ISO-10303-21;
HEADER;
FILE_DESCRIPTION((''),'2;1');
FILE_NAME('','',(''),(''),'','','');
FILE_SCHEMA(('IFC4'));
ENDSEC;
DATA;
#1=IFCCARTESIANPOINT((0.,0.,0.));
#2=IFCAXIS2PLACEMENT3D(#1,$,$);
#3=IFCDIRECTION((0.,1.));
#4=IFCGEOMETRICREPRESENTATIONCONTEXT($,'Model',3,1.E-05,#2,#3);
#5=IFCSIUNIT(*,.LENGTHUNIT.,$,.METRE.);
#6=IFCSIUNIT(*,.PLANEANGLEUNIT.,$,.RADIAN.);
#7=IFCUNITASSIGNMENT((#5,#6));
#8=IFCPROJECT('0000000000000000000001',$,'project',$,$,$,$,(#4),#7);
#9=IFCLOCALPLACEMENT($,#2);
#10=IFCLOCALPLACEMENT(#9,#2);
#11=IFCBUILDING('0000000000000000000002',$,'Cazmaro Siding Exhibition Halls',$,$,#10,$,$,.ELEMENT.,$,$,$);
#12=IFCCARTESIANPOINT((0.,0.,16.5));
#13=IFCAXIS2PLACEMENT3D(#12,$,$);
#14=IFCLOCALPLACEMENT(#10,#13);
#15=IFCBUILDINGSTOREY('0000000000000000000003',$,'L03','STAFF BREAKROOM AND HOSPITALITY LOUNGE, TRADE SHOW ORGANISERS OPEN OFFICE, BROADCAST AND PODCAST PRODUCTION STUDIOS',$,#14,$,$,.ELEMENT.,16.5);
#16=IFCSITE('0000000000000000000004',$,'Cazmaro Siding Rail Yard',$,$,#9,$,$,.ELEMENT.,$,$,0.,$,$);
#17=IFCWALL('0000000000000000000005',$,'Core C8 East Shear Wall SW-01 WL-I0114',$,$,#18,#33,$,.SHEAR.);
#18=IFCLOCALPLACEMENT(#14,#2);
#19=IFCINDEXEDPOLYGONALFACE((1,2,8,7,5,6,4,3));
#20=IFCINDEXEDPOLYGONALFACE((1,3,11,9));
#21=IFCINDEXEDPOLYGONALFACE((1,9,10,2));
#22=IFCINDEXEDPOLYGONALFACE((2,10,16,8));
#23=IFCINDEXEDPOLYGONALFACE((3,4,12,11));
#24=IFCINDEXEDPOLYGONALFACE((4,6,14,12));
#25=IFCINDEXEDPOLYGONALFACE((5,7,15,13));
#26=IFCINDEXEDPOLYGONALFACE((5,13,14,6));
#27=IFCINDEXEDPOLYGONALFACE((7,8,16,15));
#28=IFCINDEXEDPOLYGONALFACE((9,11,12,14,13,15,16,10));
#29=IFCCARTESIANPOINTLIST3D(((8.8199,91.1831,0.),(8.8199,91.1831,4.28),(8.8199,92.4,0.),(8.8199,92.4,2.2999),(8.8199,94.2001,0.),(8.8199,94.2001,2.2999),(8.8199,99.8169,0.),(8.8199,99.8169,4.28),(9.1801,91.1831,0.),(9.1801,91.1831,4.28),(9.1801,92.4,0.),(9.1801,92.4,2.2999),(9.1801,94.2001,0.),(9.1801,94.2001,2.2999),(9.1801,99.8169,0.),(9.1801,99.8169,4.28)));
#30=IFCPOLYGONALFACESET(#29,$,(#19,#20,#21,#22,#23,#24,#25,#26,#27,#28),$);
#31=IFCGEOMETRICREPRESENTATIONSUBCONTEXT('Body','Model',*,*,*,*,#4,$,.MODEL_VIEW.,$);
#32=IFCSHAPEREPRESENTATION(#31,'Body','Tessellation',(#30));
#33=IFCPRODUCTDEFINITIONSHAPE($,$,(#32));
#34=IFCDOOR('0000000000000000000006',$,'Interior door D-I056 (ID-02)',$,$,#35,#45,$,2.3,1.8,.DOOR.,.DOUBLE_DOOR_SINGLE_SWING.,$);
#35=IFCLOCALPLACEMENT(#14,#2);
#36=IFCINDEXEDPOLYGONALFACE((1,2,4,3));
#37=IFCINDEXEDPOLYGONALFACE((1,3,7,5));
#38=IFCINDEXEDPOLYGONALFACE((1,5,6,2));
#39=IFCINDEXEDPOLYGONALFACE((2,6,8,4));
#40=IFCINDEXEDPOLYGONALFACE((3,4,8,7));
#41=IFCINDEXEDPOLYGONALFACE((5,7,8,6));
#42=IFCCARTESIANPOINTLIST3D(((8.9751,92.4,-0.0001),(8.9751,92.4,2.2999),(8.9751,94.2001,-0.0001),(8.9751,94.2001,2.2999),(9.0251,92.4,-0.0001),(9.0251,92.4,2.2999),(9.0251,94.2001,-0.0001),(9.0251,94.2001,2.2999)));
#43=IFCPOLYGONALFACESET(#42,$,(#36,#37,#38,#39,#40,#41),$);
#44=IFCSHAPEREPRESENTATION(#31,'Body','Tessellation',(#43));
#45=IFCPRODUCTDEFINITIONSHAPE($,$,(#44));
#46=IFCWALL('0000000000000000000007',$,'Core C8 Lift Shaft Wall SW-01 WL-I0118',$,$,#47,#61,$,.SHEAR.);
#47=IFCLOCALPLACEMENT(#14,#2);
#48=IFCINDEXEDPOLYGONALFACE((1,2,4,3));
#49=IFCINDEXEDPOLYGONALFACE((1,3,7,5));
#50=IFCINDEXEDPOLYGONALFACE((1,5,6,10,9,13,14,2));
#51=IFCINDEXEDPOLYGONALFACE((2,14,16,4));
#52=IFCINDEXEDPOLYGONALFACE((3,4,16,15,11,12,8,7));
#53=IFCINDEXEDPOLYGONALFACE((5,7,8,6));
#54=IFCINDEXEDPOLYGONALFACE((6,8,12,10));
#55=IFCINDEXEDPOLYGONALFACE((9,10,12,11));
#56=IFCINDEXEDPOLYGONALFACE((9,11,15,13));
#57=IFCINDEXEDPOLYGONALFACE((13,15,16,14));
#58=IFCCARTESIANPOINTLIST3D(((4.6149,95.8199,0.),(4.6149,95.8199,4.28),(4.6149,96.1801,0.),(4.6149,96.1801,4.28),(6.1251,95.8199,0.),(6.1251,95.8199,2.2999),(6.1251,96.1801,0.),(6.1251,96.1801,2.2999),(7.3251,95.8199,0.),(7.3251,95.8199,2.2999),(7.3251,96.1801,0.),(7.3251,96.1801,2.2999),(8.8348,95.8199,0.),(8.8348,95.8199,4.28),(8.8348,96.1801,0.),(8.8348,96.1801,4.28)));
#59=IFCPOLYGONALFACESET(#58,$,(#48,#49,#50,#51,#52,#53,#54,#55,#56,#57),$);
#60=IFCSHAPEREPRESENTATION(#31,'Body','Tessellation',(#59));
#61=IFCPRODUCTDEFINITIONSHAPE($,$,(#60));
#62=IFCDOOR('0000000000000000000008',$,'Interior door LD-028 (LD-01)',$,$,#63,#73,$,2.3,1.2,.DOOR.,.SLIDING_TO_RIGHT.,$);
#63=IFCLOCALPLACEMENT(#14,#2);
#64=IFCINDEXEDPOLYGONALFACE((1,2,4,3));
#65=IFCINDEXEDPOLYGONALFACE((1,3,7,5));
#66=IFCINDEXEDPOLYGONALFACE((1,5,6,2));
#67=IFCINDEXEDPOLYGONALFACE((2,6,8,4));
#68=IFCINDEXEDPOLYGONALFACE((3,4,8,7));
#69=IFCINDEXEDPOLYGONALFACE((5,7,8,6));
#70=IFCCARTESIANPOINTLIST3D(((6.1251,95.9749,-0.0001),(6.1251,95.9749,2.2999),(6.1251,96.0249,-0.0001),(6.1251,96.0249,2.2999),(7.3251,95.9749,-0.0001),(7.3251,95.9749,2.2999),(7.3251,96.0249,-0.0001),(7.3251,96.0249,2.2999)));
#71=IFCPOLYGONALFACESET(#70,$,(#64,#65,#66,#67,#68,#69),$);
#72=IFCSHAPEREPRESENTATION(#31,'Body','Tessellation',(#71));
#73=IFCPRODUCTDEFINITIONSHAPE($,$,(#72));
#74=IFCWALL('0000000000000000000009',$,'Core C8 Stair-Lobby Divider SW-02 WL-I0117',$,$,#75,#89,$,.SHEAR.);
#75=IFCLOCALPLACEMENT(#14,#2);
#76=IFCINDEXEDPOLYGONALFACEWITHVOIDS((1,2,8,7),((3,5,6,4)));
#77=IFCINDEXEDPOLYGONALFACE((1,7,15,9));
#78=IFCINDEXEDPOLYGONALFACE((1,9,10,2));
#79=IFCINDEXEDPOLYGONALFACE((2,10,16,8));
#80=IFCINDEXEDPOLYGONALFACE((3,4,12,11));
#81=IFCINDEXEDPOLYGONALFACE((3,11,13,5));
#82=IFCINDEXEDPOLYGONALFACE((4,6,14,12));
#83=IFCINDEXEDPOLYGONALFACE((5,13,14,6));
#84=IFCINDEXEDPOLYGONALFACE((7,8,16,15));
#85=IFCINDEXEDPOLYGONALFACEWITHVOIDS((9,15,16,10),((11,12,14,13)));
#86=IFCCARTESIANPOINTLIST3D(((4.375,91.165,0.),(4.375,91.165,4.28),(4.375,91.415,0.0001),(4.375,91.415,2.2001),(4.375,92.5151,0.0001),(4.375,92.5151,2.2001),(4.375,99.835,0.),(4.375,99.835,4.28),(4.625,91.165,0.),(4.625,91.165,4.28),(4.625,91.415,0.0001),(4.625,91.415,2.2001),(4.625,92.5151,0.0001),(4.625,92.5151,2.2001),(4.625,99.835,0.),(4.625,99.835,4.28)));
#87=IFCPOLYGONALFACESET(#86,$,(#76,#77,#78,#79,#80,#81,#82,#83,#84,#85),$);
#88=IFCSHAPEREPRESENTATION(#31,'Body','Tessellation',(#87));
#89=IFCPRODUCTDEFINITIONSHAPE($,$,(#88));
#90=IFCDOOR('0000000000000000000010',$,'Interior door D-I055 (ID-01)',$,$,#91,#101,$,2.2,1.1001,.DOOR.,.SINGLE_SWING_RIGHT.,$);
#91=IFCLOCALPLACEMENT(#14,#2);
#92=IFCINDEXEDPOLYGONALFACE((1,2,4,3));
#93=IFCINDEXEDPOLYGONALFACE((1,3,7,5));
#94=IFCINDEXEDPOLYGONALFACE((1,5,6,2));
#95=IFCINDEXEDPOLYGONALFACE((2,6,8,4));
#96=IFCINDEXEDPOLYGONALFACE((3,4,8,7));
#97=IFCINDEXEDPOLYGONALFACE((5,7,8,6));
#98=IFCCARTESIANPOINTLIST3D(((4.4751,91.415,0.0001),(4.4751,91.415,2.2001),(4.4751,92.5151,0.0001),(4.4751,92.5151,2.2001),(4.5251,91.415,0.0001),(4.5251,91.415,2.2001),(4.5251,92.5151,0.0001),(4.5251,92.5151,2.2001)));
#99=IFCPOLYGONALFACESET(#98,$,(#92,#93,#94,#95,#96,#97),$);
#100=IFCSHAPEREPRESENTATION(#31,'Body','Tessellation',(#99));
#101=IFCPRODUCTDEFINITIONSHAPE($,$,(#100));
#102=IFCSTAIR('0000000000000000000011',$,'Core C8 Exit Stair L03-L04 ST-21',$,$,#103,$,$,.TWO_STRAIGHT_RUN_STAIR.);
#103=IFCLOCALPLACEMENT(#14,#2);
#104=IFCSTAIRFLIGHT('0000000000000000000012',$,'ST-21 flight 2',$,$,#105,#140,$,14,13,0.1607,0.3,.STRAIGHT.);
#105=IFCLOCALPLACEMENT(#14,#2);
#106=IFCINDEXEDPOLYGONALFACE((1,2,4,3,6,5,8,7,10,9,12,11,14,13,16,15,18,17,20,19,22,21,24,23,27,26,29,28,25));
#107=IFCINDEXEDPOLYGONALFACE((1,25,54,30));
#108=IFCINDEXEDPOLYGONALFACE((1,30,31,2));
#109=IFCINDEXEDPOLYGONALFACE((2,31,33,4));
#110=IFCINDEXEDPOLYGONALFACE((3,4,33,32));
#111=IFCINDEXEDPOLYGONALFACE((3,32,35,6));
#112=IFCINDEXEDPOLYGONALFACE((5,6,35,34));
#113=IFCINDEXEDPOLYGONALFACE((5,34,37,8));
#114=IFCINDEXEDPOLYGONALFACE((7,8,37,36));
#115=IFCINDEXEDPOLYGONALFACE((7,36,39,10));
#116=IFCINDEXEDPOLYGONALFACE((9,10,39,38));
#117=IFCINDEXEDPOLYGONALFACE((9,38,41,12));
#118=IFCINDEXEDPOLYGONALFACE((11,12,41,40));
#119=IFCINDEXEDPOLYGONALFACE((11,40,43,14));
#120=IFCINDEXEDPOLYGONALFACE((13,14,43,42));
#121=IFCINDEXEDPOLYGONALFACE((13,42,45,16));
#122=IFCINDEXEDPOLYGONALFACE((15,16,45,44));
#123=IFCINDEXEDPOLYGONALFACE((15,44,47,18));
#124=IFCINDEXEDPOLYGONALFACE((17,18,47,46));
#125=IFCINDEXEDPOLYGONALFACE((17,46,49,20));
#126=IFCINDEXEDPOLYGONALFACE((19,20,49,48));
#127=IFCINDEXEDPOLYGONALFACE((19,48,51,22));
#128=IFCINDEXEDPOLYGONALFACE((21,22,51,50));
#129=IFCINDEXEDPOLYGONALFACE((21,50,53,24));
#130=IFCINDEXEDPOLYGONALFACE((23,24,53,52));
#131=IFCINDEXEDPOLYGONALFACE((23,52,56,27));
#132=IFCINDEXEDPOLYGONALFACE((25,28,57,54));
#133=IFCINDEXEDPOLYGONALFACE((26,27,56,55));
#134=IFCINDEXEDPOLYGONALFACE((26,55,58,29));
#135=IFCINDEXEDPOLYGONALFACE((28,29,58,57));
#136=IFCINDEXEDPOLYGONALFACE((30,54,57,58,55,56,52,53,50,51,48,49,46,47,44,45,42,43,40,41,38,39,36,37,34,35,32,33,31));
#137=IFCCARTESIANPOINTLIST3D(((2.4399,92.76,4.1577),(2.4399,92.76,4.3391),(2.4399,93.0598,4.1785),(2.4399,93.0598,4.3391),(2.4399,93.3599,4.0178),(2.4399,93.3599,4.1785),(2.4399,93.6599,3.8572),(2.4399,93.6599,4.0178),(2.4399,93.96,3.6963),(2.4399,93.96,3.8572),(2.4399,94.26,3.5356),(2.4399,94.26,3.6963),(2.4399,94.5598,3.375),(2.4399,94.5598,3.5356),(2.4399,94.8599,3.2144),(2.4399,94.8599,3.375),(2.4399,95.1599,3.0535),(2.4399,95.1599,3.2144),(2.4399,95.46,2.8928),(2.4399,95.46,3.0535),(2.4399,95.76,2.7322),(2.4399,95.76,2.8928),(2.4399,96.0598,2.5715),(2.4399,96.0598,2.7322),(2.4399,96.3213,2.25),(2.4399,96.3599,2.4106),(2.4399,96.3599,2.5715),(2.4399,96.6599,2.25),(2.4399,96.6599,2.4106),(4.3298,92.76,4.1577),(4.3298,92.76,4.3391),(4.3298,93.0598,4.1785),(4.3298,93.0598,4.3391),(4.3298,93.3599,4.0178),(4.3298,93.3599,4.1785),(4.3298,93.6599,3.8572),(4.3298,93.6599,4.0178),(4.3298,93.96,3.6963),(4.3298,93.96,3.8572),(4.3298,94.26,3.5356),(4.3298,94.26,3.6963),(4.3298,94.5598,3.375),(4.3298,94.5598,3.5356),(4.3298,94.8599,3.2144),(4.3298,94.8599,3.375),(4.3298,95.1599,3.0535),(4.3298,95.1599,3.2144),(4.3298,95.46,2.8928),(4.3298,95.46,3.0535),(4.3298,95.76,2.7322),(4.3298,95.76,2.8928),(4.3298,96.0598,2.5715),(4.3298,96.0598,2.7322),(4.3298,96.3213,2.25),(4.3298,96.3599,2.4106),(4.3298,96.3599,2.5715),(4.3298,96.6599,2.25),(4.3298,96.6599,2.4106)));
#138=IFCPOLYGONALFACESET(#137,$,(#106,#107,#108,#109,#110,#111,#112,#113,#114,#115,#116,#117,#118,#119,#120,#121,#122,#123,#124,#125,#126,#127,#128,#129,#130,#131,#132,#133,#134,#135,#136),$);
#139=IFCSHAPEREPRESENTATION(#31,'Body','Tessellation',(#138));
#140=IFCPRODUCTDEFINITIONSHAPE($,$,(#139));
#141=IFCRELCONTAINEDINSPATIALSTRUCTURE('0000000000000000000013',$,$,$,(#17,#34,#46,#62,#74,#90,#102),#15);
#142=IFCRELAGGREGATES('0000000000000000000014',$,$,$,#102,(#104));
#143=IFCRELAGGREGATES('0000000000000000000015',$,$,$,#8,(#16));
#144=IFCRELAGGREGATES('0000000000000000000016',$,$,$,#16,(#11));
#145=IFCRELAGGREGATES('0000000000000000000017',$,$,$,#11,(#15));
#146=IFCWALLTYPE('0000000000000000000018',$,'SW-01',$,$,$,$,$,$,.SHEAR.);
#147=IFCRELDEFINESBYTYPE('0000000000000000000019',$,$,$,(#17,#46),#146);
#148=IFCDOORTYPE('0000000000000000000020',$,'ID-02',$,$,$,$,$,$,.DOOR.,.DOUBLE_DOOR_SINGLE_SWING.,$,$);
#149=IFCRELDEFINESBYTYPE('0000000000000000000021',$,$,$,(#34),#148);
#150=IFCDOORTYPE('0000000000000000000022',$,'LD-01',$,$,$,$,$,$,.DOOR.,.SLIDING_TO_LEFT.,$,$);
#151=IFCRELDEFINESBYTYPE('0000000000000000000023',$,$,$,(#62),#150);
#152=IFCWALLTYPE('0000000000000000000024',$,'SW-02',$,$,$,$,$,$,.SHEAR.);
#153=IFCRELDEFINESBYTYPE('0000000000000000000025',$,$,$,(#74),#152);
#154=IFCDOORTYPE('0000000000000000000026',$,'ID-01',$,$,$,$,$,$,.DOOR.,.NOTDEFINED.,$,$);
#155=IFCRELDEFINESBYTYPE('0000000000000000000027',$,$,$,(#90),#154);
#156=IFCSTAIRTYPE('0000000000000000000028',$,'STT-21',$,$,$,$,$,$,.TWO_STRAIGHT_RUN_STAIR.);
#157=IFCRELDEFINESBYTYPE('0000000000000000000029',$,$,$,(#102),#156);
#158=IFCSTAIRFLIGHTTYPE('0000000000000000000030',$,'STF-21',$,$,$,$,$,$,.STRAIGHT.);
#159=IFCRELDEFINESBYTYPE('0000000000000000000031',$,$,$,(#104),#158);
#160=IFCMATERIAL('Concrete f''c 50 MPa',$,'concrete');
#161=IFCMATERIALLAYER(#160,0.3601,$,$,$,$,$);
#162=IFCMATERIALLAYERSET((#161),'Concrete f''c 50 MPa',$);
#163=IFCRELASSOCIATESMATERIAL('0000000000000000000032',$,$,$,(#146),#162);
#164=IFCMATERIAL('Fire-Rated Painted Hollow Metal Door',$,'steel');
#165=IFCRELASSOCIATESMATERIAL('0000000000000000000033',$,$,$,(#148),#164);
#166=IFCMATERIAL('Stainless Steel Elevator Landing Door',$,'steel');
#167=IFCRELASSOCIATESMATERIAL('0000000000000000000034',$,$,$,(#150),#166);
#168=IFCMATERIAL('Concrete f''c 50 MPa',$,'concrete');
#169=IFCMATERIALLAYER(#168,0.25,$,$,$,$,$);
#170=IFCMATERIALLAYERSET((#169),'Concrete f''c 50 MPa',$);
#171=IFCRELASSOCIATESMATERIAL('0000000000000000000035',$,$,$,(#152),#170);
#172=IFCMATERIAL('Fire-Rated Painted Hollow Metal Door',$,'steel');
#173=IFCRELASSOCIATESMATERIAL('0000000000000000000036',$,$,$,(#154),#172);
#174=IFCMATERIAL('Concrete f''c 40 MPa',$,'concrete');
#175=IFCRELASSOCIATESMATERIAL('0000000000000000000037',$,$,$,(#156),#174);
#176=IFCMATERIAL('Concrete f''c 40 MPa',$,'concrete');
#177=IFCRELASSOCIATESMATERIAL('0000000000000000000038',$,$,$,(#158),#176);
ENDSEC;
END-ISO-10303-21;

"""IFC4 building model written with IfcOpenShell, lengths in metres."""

from ifc_helpers import new_model, si_unit, direction, frame, frame_2d, origin, place, context, subcontext, project, spatial, polyline, rectangle, outline, extrude, material, layer, layer_set, type_object, element, fill, aggregate, save


model = new_model("IFC4")

# Units and contexts
model_context = context("Model", 3, precision=1e-05, world=origin(), true_north=direction((0.0, 1.0)))
body_context = subcontext(model_context, "Body", "Model", "MODEL_VIEW")
ifc_project = project(units=[si_unit("LENGTHUNIT", "METRE"), si_unit("PLANEANGLEUNIT", "RADIAN")], contexts=[model_context])

# Site, building, storey
site_placement = place(None, origin())
site = spatial("IfcSite", under=ifc_project, at=site_placement, Name="Cazmaro Siding Rail Yard", CompositionType="ELEMENT", RefElevation=0.0)
building_placement = place(site_placement, origin())
building = spatial("IfcBuilding", under=site, at=building_placement, Name="Cazmaro Siding Exhibition Halls", CompositionType="ELEMENT")
storey_placement = place(building_placement, frame((0.0, 0.0, 16.5)))
storey = spatial("IfcBuildingStorey", under=building, at=storey_placement, Name="L03", Description="STAFF BREAKROOM AND HOSPITALITY LOUNGE, TRADE SHOW ORGANISERS OPEN OFFICE, BROADCAST AND PODCAST PRODUCTION STUDIOS", CompositionType="ELEMENT", Elevation=16.5)

# Walls, openings, doors
ifc_material_1 = material(Name="Concrete f'c 50 MPa", Category="concrete")
ifc_layer_1 = layer(ifc_material_1, 0.3601)
ifc_layer_set_1 = layer_set([ifc_layer_1], Name="Concrete f'c 50 MPa")
wall_type_1 = type_object("IfcWallType", Name="SW-01", PredefinedType="SHEAR", material=ifc_layer_set_1)
wall_1_placement = place(storey_placement, frame((9.0, 91.1831, 0.0), z_axis=(0.0, 0.0, 1.0), x_axis=(0.0, 1.0, 0.0)))
wall_1 = element("IfcWall", 1, at=wall_1_placement, inside=storey, type_object=wall_type_1, Name="Core C8 East Shear Wall SW-01 WL-I0114", PredefinedType="SHEAR", context=body_context, shape_type="SweptSolid", body=[
    extrude(rectangle(XDim=8.6338, YDim=0.3601, at=frame_2d((4.3169, 0.0))), origin(), (0.0, 0.0, 1.0), 4.28),
])
opening_1_placement = place(wall_1_placement, frame((1.217, 0.0, 0.0)))
opening_1 = element("IfcOpeningElement", 2, at=opening_1_placement, cuts=wall_1, PredefinedType="OPENING", context=body_context, shape_type="SweptSolid", body=[
    extrude(rectangle(XDim=1.8, YDim=2.3, at=frame_2d((0.8999, 1.1499))), frame((0.0, 0.1899, 0.0), z_axis=(0.0, -1.0, 0.0), x_axis=(1.0, 0.0, 0.0)), (0.0, 0.0, 1.0), 0.3801),
])
ifc_material_2 = material(Name="Fire-Rated Painted Hollow Metal Door", Category="steel")
door_type_1 = type_object("IfcDoorType", Name="ID-02", OperationType="DOUBLE_DOOR_SINGLE_SWING", PredefinedType="DOOR", material=ifc_material_2)
door_1_placement = place(opening_1_placement, origin())
door_1 = element("IfcDoor", 3, at=door_1_placement, inside=storey, type_object=door_type_1, Name="Interior door D-I056 (ID-02)", OperationType="DOUBLE_DOOR_SINGLE_SWING", OverallHeight=2.3, OverallWidth=1.8, PredefinedType="DOOR", context=body_context, shape_type="SweptSolid", body=[
    extrude(rectangle(XDim=1.8, YDim=2.3, at=frame_2d((0.8999, 1.1499))), frame((0.0, 0.0249, 0.0), z_axis=(0.0, -1.0, 0.0), x_axis=(1.0, 0.0, 0.0)), (0.0, 0.0, 1.0), 0.05),
])
fill(opening_1, door_1)
wall_2_placement = place(storey_placement, frame((4.615, 96.0, 0.0), z_axis=(0.0, 0.0, 1.0), x_axis=(1.0, 0.0, 0.0)))
wall_2 = element("IfcWall", 4, at=wall_2_placement, inside=storey, type_object=wall_type_1, Name="Core C8 Lift Shaft Wall SW-01 WL-I0118", PredefinedType="SHEAR", context=body_context, shape_type="SweptSolid", body=[
    extrude(rectangle(XDim=4.22, YDim=0.3601, at=frame_2d((2.1099, 0.0))), origin(), (0.0, 0.0, 1.0), 4.28),
])
opening_2_placement = place(wall_2_placement, frame((1.51, 0.0, 0.0)))
opening_2 = element("IfcOpeningElement", 5, at=opening_2_placement, cuts=wall_2, PredefinedType="OPENING", context=body_context, shape_type="SweptSolid", body=[
    extrude(rectangle(XDim=1.2, YDim=2.3, at=frame_2d((0.6001, 1.1499))), frame((0.0, 0.1899, 0.0), z_axis=(0.0, -1.0, 0.0), x_axis=(1.0, 0.0, 0.0)), (0.0, 0.0, 1.0), 0.3801),
])
ifc_material_3 = material(Name="Stainless Steel Elevator Landing Door", Category="steel")
door_type_2 = type_object("IfcDoorType", Name="LD-01", OperationType="SLIDING_TO_LEFT", PredefinedType="DOOR", material=ifc_material_3)
door_2_placement = place(opening_2_placement, origin())
door_2 = element("IfcDoor", 6, at=door_2_placement, inside=storey, type_object=door_type_2, Name="Interior door LD-028 (LD-01)", OperationType="SLIDING_TO_RIGHT", OverallHeight=2.3, OverallWidth=1.2, PredefinedType="DOOR", context=body_context, shape_type="SweptSolid", body=[
    extrude(rectangle(XDim=1.2, YDim=2.3, at=frame_2d((0.6001, 1.1499))), frame((0.0, 0.0249, 0.0), z_axis=(0.0, -1.0, 0.0), x_axis=(1.0, 0.0, 0.0)), (0.0, 0.0, 1.0), 0.05),
])
fill(opening_2, door_2)
ifc_material_4 = material(Name="Concrete f'c 50 MPa", Category="concrete")
ifc_layer_2 = layer(ifc_material_4, 0.25)
ifc_layer_set_2 = layer_set([ifc_layer_2], Name="Concrete f'c 50 MPa")
wall_type_2 = type_object("IfcWallType", Name="SW-02", PredefinedType="SHEAR", material=ifc_layer_set_2)
wall_3_placement = place(storey_placement, frame((4.5, 91.165, 0.0), z_axis=(0.0, 0.0, 1.0), x_axis=(0.0, 1.0, 0.0)))
wall_3 = element("IfcWall", 7, at=wall_3_placement, inside=storey, type_object=wall_type_2, Name="Core C8 Stair-Lobby Divider SW-02 WL-I0117", PredefinedType="SHEAR", context=body_context, shape_type="SweptSolid", body=[
    extrude(rectangle(XDim=8.6699, YDim=0.25, at=frame_2d((4.335, 0.0))), origin(), (0.0, 0.0, 1.0), 4.28),
])
opening_3_placement = place(wall_3_placement, frame((0.25, 0.0, 0.0)))
opening_3 = element("IfcOpeningElement", 8, at=opening_3_placement, cuts=wall_3, PredefinedType="OPENING", context=body_context, shape_type="SweptSolid", body=[
    extrude(rectangle(XDim=1.1001, YDim=2.2, at=frame_2d((0.55, 1.1001))), frame((0.0, 0.135, 0.0), z_axis=(0.0, -1.0, 0.0), x_axis=(1.0, 0.0, 0.0)), (0.0, 0.0, 1.0), 0.27),
])
ifc_material_5 = material(Name="Fire-Rated Painted Hollow Metal Door", Category="steel")
door_type_3 = type_object("IfcDoorType", Name="ID-01", OperationType="NOTDEFINED", PredefinedType="DOOR", material=ifc_material_5)
door_3_placement = place(opening_3_placement, origin())
door_3 = element("IfcDoor", 9, at=door_3_placement, inside=storey, type_object=door_type_3, Name="Interior door D-I055 (ID-01)", OperationType="SINGLE_SWING_RIGHT", OverallHeight=2.2, OverallWidth=1.1001, PredefinedType="DOOR", context=body_context, shape_type="SweptSolid", body=[
    extrude(rectangle(XDim=1.1001, YDim=2.2, at=frame_2d((0.55, 1.1001))), frame((0.0, 0.0249, 0.0), z_axis=(0.0, -1.0, 0.0), x_axis=(1.0, 0.0, 0.0)), (0.0, 0.0, 1.0), 0.05),
])
fill(opening_3, door_3)

# Stair, stair flight
ifc_material_6 = material(Name="Concrete f'c 40 MPa", Category="concrete")
stair_type = type_object("IfcStairType", Name="STT-21", PredefinedType="TWO_STRAIGHT_RUN_STAIR", material=ifc_material_6)
stair_placement = place(storey_placement, origin())
stair = element("IfcStair", 10, at=stair_placement, inside=storey, type_object=stair_type, Name="Core C8 Exit Stair L03-L04 ST-21", PredefinedType="TWO_STRAIGHT_RUN_STAIR")
ifc_material_7 = material(Name="Concrete f'c 40 MPa", Category="concrete")
stair_flight_type = type_object("IfcStairFlightType", Name="STF-21", PredefinedType="STRAIGHT", material=ifc_material_7)
stair_flight_placement = place(storey_placement, frame((3.385, 96.6599, 2.25), z_axis=(0.0, 0.0, 1.0), x_axis=(0.0, -1.0, 0.0)))
stair_flight = element("IfcStairFlight", 11, at=stair_flight_placement, type_object=stair_flight_type, Name="ST-21 flight 2", NumberOfRisers=14, NumberOfTreads=13, PredefinedType="STRAIGHT", RiserHeight=0.1607, TreadLength=0.3, context=body_context, shape_type="SweptSolid", body=[
    extrude(outline(polyline([(0.0, 0.0), (0.0, 0.1606), (0.3, 0.1606), (0.3, 0.3215), (0.6001, 0.3215), (0.6001, 0.4822), (0.8999, 0.4822), (0.8999, 0.6428), (1.2, 0.6428), (1.2, 0.8035), (1.5, 0.8035), (1.5, 0.9644), (1.8, 0.9644), (1.8, 1.125), (2.1001, 1.125), (2.1001, 1.2856), (2.3999, 1.2856), (2.3999, 1.4463), (2.7, 1.4463), (2.7, 1.6072), (3.0, 1.6072), (3.0, 1.7678), (3.3, 1.7678), (3.3, 1.9285), (3.6001, 1.9285), (3.6001, 2.0891), (3.8999, 2.0891), (3.8999, 2.25), (3.8999, 1.9077), (0.3386, 0.0), (0.0, 0.0)])), frame((0.0, 0.9448, 0.0), z_axis=(0.0, -1.0, 0.0), x_axis=(1.0, 0.0, 0.0)), (0.0, 0.0, 1.0), 1.8899),
])
aggregate(stair, [stair_flight])

save(model, "model.ifc")
